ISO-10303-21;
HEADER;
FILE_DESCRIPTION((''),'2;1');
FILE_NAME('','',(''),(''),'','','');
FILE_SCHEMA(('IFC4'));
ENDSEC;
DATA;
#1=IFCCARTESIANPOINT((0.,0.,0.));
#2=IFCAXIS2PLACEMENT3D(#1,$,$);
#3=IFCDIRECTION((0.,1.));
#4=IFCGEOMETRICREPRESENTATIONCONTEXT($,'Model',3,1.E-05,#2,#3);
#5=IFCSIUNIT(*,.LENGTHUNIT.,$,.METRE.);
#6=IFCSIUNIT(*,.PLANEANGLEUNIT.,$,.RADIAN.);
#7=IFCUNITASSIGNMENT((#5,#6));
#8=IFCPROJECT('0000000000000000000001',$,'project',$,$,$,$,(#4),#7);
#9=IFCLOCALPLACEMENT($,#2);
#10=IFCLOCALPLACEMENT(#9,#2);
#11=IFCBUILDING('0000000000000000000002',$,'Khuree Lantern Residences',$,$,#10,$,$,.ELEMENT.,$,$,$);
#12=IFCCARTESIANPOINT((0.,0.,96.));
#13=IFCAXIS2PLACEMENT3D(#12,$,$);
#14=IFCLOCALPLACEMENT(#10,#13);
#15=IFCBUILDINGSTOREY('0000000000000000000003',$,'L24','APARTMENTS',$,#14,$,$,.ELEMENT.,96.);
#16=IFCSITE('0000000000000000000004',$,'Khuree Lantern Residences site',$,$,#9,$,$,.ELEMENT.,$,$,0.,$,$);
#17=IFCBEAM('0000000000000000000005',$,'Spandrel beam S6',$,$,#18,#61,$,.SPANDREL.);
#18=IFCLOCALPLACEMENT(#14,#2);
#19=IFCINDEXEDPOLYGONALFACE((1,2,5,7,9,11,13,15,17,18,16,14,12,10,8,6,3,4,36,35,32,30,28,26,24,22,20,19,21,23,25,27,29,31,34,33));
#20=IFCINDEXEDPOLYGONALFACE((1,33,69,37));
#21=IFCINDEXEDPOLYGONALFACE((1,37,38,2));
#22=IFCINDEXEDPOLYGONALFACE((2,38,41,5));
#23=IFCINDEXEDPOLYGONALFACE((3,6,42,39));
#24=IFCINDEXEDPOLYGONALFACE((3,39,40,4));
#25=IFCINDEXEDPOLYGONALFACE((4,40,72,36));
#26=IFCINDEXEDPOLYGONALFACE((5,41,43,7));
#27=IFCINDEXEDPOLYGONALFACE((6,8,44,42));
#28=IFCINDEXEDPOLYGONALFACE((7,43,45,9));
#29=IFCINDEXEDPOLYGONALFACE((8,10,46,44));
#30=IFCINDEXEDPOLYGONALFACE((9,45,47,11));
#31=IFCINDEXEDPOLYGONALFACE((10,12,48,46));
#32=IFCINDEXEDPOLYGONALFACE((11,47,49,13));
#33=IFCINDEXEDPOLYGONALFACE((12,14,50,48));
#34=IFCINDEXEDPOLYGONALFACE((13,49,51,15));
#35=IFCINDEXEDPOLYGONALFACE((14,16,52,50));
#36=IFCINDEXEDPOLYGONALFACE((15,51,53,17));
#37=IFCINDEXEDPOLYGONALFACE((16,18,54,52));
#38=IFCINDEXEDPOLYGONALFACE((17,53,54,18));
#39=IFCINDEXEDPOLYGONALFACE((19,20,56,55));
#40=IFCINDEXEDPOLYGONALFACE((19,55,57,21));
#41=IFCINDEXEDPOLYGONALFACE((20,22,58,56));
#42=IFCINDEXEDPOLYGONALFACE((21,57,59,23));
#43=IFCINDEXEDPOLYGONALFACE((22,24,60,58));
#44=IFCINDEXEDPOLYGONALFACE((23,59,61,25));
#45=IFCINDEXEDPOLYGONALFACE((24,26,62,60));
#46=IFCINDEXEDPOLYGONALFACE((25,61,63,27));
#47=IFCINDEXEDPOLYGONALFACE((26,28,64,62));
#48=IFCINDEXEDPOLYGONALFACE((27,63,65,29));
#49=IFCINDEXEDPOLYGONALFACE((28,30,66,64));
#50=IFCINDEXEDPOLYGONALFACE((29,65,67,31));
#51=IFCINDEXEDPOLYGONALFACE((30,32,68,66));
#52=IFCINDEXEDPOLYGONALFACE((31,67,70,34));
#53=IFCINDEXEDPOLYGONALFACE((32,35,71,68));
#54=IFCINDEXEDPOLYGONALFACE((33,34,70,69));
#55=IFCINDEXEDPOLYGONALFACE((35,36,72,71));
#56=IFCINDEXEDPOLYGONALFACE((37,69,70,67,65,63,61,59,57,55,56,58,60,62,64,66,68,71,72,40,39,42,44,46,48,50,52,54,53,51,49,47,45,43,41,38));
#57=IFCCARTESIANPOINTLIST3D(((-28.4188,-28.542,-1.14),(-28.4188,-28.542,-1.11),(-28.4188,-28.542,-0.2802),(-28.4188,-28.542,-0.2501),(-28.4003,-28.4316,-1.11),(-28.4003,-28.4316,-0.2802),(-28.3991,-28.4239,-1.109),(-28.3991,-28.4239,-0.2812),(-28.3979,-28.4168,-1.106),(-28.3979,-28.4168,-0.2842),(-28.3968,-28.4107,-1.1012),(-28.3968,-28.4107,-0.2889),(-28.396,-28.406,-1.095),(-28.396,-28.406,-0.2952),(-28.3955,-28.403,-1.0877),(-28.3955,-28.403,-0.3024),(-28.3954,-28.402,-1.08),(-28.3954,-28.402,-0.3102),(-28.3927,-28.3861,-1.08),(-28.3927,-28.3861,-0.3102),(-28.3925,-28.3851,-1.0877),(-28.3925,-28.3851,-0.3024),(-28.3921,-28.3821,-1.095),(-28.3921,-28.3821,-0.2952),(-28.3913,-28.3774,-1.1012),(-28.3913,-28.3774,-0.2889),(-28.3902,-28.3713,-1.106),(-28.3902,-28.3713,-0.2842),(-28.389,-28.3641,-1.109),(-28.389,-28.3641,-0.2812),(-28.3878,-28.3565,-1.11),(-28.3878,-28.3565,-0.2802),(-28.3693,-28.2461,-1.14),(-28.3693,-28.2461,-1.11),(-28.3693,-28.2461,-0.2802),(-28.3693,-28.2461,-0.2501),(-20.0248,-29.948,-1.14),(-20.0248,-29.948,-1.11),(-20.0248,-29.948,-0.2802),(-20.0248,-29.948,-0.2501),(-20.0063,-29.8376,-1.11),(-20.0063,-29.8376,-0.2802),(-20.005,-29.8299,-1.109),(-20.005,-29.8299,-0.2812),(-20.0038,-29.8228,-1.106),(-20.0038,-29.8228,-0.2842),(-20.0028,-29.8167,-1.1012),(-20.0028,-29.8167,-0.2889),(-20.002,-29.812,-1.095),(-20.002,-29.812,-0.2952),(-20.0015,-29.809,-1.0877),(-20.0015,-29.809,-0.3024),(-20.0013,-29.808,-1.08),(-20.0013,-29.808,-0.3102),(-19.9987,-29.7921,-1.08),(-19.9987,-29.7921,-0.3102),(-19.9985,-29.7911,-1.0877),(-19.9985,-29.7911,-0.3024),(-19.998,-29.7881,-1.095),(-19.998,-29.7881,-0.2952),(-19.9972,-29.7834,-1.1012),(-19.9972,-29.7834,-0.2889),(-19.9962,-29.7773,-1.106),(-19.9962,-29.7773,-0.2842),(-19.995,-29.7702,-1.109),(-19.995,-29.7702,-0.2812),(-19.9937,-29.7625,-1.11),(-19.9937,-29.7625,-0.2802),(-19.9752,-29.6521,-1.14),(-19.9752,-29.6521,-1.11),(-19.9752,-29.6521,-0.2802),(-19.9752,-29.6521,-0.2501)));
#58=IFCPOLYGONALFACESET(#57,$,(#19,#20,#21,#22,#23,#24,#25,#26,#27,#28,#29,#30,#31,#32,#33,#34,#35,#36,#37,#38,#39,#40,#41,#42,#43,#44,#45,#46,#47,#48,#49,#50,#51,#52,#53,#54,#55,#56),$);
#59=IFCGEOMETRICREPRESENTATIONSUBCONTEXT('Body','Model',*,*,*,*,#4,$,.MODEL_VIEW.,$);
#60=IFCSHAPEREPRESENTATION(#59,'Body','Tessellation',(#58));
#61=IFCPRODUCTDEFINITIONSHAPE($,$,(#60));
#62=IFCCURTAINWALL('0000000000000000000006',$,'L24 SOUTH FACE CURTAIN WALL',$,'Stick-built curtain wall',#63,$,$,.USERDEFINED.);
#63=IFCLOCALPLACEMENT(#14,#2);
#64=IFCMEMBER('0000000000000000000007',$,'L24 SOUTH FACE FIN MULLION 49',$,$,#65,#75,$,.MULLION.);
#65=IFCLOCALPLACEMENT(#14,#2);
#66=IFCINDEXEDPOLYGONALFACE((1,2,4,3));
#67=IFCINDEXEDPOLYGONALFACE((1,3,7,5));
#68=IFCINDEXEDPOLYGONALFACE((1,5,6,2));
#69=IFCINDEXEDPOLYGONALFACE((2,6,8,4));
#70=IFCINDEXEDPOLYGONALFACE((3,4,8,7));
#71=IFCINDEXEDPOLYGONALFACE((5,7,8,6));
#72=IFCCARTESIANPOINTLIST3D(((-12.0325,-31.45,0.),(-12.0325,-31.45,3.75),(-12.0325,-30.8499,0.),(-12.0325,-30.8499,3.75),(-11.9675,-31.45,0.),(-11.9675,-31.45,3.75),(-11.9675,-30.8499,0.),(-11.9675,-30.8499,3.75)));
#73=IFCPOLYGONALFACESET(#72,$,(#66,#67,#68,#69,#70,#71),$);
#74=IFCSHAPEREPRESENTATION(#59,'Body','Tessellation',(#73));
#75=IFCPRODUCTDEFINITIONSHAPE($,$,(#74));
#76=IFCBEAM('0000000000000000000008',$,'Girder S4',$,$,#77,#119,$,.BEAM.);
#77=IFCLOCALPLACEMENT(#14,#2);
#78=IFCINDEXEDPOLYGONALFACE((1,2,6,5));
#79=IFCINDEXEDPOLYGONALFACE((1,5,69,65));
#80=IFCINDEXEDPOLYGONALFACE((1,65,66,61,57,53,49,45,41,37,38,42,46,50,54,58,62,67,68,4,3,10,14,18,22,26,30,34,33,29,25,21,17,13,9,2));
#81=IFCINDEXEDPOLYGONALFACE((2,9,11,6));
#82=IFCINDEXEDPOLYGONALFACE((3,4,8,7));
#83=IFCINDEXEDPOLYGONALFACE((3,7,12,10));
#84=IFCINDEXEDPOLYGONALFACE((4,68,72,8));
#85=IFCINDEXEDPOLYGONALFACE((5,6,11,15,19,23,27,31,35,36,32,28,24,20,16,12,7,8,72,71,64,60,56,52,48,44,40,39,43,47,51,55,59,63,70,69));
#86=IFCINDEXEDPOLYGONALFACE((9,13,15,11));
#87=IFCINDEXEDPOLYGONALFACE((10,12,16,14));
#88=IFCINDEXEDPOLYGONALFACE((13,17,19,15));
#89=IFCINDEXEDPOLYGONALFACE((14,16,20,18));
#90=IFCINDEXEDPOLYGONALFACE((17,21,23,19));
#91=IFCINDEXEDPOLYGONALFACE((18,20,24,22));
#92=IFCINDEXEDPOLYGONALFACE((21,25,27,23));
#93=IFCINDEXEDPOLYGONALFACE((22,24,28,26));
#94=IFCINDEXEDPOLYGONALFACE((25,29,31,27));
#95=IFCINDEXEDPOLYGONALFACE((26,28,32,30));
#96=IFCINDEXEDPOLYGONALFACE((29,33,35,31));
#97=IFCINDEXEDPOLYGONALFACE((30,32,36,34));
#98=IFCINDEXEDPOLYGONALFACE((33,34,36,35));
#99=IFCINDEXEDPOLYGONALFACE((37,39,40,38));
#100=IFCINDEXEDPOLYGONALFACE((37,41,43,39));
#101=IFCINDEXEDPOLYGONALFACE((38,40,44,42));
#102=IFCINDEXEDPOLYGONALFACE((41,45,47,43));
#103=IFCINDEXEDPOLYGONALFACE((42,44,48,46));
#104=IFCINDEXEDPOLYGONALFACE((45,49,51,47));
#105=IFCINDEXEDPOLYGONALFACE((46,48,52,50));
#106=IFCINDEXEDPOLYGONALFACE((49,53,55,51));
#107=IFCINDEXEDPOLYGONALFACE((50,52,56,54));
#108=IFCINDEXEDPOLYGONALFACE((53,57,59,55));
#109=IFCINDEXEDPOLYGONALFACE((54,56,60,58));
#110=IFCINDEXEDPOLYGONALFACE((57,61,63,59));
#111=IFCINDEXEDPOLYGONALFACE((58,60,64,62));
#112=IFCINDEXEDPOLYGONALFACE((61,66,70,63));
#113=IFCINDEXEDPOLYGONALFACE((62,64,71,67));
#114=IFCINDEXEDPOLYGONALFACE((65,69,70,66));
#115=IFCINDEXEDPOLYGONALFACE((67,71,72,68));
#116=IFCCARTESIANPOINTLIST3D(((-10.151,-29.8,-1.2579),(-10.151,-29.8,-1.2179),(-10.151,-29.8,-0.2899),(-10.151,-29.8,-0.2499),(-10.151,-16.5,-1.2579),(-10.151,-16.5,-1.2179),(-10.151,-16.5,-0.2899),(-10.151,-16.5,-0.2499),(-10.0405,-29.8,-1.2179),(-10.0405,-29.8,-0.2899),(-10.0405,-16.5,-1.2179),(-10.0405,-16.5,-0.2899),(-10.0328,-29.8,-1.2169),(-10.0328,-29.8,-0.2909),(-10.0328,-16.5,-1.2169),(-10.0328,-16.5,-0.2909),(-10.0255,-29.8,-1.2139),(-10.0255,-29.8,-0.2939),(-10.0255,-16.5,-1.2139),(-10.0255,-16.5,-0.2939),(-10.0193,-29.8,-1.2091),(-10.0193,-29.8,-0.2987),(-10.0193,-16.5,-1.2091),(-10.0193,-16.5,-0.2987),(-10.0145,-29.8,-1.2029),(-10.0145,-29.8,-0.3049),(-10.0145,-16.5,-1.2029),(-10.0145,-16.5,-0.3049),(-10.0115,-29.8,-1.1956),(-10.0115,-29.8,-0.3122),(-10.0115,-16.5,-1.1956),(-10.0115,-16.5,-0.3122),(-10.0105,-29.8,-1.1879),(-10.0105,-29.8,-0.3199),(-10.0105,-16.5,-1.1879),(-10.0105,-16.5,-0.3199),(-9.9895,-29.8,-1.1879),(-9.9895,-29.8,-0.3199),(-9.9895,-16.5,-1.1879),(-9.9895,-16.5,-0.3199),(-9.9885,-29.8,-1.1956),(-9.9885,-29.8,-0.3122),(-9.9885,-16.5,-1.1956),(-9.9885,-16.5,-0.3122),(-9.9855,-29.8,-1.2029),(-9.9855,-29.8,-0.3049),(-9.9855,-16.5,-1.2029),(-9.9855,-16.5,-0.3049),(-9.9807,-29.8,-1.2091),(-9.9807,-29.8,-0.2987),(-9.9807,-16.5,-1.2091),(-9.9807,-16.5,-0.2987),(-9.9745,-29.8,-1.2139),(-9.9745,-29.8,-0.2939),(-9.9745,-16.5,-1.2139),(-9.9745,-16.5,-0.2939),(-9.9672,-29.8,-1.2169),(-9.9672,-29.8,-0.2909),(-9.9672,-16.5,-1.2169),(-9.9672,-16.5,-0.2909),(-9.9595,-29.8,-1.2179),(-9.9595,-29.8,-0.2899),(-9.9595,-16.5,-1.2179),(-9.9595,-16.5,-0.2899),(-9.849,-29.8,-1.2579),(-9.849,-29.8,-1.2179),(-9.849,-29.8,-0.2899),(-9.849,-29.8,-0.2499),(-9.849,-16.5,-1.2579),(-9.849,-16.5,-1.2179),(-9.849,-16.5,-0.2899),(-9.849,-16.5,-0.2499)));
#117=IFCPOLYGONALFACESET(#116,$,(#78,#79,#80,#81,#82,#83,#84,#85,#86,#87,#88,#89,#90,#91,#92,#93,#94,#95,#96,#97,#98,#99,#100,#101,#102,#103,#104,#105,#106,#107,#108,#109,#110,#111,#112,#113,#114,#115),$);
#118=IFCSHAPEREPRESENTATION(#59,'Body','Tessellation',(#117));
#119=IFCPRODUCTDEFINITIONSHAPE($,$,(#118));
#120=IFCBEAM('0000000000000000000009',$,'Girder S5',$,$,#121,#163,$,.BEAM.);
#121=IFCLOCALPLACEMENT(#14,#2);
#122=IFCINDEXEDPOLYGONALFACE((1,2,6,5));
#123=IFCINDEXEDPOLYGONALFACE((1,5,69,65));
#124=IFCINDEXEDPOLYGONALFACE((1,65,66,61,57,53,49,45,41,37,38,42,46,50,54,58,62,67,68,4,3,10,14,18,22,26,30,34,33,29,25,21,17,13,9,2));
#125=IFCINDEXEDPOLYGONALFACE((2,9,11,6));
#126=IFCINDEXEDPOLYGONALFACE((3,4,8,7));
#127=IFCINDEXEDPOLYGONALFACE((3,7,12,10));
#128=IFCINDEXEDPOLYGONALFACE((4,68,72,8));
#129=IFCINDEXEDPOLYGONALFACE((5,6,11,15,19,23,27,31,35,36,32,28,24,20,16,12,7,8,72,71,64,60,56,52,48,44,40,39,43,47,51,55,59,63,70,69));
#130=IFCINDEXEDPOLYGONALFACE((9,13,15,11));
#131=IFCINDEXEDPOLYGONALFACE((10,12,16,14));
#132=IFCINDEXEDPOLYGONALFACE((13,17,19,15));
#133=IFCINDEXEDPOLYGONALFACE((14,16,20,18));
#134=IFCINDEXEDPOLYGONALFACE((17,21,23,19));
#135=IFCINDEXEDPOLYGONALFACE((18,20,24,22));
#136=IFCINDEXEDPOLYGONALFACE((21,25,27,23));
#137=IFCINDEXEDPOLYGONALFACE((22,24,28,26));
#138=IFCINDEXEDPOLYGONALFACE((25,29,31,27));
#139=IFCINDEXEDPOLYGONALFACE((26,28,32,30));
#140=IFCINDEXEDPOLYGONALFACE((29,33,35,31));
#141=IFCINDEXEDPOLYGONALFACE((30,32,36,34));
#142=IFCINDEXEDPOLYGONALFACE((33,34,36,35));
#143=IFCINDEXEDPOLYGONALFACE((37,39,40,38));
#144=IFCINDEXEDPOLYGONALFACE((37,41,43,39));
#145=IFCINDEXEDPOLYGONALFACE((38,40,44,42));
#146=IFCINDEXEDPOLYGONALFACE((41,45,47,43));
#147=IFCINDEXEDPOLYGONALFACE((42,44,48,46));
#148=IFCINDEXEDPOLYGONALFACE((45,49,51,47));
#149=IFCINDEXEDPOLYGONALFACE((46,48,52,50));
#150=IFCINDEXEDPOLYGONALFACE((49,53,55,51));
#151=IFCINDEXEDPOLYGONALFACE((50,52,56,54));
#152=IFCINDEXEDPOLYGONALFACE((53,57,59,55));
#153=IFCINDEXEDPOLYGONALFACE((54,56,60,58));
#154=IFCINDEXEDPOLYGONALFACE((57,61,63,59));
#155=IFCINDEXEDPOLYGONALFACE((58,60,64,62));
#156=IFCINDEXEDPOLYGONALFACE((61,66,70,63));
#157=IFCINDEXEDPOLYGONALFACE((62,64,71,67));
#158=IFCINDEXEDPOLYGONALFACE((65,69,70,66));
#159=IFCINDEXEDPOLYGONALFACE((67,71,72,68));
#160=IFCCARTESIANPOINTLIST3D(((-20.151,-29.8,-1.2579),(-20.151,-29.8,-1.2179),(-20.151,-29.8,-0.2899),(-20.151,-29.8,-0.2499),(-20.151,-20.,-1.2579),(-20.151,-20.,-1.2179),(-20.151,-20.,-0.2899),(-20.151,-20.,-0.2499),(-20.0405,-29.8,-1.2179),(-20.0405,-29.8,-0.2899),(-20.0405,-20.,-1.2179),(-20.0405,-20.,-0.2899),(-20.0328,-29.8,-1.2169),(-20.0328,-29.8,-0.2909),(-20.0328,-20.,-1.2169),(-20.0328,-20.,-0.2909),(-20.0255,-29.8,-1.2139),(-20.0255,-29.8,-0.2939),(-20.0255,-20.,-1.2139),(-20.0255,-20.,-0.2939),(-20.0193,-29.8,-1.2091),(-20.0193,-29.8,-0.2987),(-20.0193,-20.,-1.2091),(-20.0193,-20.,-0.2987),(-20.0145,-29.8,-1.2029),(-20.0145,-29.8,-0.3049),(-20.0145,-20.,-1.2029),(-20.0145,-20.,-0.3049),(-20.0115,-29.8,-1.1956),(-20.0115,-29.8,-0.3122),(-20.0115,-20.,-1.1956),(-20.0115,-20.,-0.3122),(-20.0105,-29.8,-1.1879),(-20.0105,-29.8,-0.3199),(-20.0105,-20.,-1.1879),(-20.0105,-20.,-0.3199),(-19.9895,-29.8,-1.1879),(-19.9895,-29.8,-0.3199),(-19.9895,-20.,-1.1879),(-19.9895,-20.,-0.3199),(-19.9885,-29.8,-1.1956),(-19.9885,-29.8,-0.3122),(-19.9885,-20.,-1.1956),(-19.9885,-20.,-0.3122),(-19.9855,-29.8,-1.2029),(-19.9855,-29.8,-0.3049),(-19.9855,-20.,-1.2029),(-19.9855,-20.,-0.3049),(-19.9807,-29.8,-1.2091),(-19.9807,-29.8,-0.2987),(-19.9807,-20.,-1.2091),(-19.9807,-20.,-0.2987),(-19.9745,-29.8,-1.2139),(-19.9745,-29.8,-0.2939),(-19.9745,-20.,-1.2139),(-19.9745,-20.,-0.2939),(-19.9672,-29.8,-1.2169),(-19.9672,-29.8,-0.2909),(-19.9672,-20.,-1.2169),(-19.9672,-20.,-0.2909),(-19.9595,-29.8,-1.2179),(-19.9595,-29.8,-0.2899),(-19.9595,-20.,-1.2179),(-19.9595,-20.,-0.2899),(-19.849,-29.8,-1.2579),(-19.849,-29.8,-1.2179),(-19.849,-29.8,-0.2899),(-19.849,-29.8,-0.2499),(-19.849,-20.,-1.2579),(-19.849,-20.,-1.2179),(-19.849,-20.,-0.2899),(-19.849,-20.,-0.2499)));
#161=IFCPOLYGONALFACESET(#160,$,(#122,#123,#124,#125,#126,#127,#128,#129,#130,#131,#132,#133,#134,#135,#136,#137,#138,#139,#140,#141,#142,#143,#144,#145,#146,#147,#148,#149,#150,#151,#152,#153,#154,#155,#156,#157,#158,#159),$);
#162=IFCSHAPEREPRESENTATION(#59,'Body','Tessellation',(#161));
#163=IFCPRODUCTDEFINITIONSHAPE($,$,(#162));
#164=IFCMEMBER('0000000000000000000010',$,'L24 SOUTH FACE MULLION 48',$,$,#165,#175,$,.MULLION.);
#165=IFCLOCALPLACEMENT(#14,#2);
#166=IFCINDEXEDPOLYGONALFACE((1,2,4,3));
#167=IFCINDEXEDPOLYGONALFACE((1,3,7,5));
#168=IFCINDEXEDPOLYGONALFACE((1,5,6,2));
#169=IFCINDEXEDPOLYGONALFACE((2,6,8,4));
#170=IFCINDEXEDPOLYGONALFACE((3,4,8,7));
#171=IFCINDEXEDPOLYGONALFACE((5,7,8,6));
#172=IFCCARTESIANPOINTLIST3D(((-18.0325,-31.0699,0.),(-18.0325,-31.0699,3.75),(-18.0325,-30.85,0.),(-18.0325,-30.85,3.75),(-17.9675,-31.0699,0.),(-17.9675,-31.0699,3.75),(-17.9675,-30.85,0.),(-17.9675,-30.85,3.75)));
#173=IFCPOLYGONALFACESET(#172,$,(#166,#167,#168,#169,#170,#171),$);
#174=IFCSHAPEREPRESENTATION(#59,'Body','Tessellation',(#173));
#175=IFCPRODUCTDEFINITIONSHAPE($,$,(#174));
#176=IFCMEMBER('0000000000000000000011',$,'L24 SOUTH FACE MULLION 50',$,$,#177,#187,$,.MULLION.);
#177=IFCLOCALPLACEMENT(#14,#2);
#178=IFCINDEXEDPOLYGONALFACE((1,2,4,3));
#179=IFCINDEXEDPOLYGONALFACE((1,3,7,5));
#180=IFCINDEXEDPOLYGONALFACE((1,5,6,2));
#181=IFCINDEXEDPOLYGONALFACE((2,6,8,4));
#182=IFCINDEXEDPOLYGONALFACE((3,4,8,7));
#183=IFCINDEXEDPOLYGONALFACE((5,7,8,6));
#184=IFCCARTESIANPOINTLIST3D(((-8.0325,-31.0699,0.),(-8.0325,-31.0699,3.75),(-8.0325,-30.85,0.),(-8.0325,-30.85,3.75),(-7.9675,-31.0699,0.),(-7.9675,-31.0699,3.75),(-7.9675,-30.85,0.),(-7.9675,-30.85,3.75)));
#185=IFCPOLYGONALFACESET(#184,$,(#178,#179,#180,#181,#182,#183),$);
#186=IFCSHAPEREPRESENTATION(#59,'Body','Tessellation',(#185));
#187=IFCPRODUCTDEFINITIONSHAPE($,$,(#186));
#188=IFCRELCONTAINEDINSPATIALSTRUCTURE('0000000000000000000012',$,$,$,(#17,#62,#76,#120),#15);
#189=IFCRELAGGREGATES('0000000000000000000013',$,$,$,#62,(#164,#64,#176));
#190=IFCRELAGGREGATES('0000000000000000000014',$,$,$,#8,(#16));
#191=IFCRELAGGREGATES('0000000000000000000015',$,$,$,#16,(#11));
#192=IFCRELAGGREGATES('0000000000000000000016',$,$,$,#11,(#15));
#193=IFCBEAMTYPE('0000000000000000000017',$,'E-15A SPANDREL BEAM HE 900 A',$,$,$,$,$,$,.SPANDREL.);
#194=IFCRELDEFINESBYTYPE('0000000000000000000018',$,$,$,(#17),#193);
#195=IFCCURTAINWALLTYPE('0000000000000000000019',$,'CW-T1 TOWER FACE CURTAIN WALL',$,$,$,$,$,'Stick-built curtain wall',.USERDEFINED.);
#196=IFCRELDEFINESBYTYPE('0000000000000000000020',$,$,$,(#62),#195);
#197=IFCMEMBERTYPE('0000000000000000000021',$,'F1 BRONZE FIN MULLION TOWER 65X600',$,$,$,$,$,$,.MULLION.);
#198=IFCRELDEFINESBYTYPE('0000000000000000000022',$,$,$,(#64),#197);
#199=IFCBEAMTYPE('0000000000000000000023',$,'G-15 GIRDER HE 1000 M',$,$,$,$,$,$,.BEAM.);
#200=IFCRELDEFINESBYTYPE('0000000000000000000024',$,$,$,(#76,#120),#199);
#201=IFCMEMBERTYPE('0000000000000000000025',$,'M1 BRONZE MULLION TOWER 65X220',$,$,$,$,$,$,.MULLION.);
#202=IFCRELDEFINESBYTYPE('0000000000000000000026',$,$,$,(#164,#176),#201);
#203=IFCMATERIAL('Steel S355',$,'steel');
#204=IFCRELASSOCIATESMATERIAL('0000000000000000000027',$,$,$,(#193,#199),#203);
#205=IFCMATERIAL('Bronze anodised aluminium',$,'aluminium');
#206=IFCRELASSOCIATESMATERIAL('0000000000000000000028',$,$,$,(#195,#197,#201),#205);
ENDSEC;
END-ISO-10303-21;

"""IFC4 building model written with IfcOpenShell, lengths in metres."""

from ifc_helpers import new_model, si_unit, direction, frame, origin, origin_2d, place, context, subcontext, project, spatial, rectangle, i_section, extrude, material, material_profile, profile_set, type_object, element, aggregate, save


model = new_model("IFC4")

# Units and contexts
model_context = context("Model", 3, precision=1e-05, world=origin(), true_north=direction((0.0, 1.0)))
body_context = subcontext(model_context, "Body", "Model", "MODEL_VIEW")
ifc_project = project(units=[si_unit("LENGTHUNIT", "METRE"), si_unit("PLANEANGLEUNIT", "RADIAN")], contexts=[model_context])

# Site, building, storey
site_placement = place(None, origin())
site = spatial("IfcSite", under=ifc_project, at=site_placement, Name="Khuree Lantern Residences site", CompositionType="ELEMENT", RefElevation=0.0)
building_placement = place(site_placement, origin())
building = spatial("IfcBuilding", under=site, at=building_placement, Name="Khuree Lantern Residences", CompositionType="ELEMENT")
storey_placement = place(building_placement, frame((0.0, 0.0, 96.0)))
storey = spatial("IfcBuildingStorey", under=building, at=storey_placement, Name="L24", Description="APARTMENTS", CompositionType="ELEMENT", Elevation=96.0)

# Beam
ifc_material_1 = material(Name="Steel S355", Category="steel")
ifc_material_profile_1 = material_profile(ifc_material_1, i_section(OverallWidth=0.3, OverallDepth=0.8899, WebThickness=0.0161, FlangeThickness=0.03, FilletRadius=0.03, at=origin_2d()), Name="HE 900 A")
ifc_profile_set_1 = profile_set([ifc_material_profile_1], Name="Steel S355")
beam_type_1 = type_object("IfcBeamType", Name="E-15A SPANDREL BEAM HE 900 A", PredefinedType="SPANDREL", material=ifc_profile_set_1)
beam_1_placement = place(storey_placement, frame((-20.0, -29.8, -0.6951), z_axis=(-0.98626, 0.165199, 0.0), x_axis=(-0.165199, -0.98626, 0.0)))
element("IfcBeam", 1, at=beam_1_placement, inside=storey, type_object=beam_type_1, Name="Spandrel beam S6", PredefinedType="SPANDREL", context=body_context, shape_type="SweptSolid", body=[
    extrude(i_section(OverallWidth=0.3, OverallDepth=0.8899, WebThickness=0.0161, FlangeThickness=0.03, FilletRadius=0.03, at=origin_2d()), origin(), (0.0, 0.0, 1.0), 8.511),
])

# Curtain wall, member
ifc_material_2 = material(Name="Bronze anodised aluminium", Category="aluminium")
curtain_wall_type = type_object("IfcCurtainWallType", Name="CW-T1 TOWER FACE CURTAIN WALL", ElementType="Stick-built curtain wall", PredefinedType="USERDEFINED", material=ifc_material_2)
curtain_wall_placement = place(storey_placement, origin())
curtain_wall = element("IfcCurtainWall", 2, at=curtain_wall_placement, inside=storey, type_object=curtain_wall_type, Name="L24 SOUTH FACE CURTAIN WALL", ObjectType="Stick-built curtain wall", PredefinedType="USERDEFINED")
ifc_material_profile_2 = material_profile(ifc_material_2, rectangle(XDim=0.0649, YDim=0.6001, at=origin_2d()), Name="F1 65X600")
ifc_profile_set_2 = profile_set([ifc_material_profile_2], Name="Bronze anodised aluminium")
member_type_1 = type_object("IfcMemberType", Name="F1 BRONZE FIN MULLION TOWER 65X600", PredefinedType="MULLION", material=ifc_profile_set_2)
member_1_placement = place(storey_placement, frame((-12.0, -31.1499, 0.0), z_axis=(0.0, 0.0, 1.0), x_axis=(1.0, 0.0, 0.0)))
member_1 = element("IfcMember", 3, at=member_1_placement, type_object=member_type_1, Name="L24 SOUTH FACE FIN MULLION 49", PredefinedType="MULLION", context=body_context, shape_type="SweptSolid", body=[
    extrude(rectangle(XDim=0.0649, YDim=0.6001, at=origin_2d()), origin(), (0.0, 0.0, 1.0), 3.75),
])

# Beams
ifc_material_profile_3 = material_profile(ifc_material_1, i_section(OverallWidth=0.302, OverallDepth=1.0081, WebThickness=0.021, FlangeThickness=0.04, FilletRadius=0.03, at=origin_2d()), Name="HE 1000 M")
ifc_profile_set_3 = profile_set([ifc_material_profile_3], Name="Steel S355")
beam_type_2 = type_object("IfcBeamType", Name="G-15 GIRDER HE 1000 M", PredefinedType="BEAM", material=ifc_profile_set_3)
beam_2_placement = place(storey_placement, frame((-10.0, -29.8, -0.7539), z_axis=(0.0, 1.0, 0.0), x_axis=(-1.0, 0.0, 0.0)))
element("IfcBeam", 4, at=beam_2_placement, inside=storey, type_object=beam_type_2, Name="Girder S4", PredefinedType="BEAM", context=body_context, shape_type="SweptSolid", body=[
    extrude(i_section(OverallWidth=0.302, OverallDepth=1.0081, WebThickness=0.021, FlangeThickness=0.04, FilletRadius=0.03, at=origin_2d()), origin(), (0.0, 0.0, 1.0), 13.3),
])
beam_3_placement = place(storey_placement, frame((-20.0, -29.8, -0.7539), z_axis=(0.0, 1.0, 0.0), x_axis=(-1.0, 0.0, 0.0)))
element("IfcBeam", 5, at=beam_3_placement, inside=storey, type_object=beam_type_2, Name="Girder S5", PredefinedType="BEAM", context=body_context, shape_type="SweptSolid", body=[
    extrude(i_section(OverallWidth=0.302, OverallDepth=1.0081, WebThickness=0.021, FlangeThickness=0.04, FilletRadius=0.03, at=origin_2d()), origin(), (0.0, 0.0, 1.0), 9.8),
])

# Members
ifc_material_profile_4 = material_profile(ifc_material_2, rectangle(XDim=0.0649, YDim=0.22, at=origin_2d()), Name="M1 65X220")
ifc_profile_set_4 = profile_set([ifc_material_profile_4], Name="Bronze anodised aluminium")
member_type_2 = type_object("IfcMemberType", Name="M1 BRONZE MULLION TOWER 65X220", PredefinedType="MULLION", material=ifc_profile_set_4)
member_2_placement = place(storey_placement, frame((-18.0, -30.96, 0.0), z_axis=(0.0, 0.0, 1.0), x_axis=(1.0, 0.0, 0.0)))
member_2 = element("IfcMember", 6, at=member_2_placement, type_object=member_type_2, Name="L24 SOUTH FACE MULLION 48", PredefinedType="MULLION", context=body_context, shape_type="SweptSolid", body=[
    extrude(rectangle(XDim=0.0649, YDim=0.22, at=origin_2d()), origin(), (0.0, 0.0, 1.0), 3.75),
])
member_3_placement = place(storey_placement, frame((-8.0, -30.96, 0.0), z_axis=(0.0, 0.0, 1.0), x_axis=(1.0, 0.0, 0.0)))
member_3 = element("IfcMember", 7, at=member_3_placement, type_object=member_type_2, Name="L24 SOUTH FACE MULLION 50", PredefinedType="MULLION", context=body_context, shape_type="SweptSolid", body=[
    extrude(rectangle(XDim=0.0649, YDim=0.22, at=origin_2d()), origin(), (0.0, 0.0, 1.0), 3.75),
])

aggregate(curtain_wall, [member_2, member_1, member_3])

save(model, "model.ifc")
